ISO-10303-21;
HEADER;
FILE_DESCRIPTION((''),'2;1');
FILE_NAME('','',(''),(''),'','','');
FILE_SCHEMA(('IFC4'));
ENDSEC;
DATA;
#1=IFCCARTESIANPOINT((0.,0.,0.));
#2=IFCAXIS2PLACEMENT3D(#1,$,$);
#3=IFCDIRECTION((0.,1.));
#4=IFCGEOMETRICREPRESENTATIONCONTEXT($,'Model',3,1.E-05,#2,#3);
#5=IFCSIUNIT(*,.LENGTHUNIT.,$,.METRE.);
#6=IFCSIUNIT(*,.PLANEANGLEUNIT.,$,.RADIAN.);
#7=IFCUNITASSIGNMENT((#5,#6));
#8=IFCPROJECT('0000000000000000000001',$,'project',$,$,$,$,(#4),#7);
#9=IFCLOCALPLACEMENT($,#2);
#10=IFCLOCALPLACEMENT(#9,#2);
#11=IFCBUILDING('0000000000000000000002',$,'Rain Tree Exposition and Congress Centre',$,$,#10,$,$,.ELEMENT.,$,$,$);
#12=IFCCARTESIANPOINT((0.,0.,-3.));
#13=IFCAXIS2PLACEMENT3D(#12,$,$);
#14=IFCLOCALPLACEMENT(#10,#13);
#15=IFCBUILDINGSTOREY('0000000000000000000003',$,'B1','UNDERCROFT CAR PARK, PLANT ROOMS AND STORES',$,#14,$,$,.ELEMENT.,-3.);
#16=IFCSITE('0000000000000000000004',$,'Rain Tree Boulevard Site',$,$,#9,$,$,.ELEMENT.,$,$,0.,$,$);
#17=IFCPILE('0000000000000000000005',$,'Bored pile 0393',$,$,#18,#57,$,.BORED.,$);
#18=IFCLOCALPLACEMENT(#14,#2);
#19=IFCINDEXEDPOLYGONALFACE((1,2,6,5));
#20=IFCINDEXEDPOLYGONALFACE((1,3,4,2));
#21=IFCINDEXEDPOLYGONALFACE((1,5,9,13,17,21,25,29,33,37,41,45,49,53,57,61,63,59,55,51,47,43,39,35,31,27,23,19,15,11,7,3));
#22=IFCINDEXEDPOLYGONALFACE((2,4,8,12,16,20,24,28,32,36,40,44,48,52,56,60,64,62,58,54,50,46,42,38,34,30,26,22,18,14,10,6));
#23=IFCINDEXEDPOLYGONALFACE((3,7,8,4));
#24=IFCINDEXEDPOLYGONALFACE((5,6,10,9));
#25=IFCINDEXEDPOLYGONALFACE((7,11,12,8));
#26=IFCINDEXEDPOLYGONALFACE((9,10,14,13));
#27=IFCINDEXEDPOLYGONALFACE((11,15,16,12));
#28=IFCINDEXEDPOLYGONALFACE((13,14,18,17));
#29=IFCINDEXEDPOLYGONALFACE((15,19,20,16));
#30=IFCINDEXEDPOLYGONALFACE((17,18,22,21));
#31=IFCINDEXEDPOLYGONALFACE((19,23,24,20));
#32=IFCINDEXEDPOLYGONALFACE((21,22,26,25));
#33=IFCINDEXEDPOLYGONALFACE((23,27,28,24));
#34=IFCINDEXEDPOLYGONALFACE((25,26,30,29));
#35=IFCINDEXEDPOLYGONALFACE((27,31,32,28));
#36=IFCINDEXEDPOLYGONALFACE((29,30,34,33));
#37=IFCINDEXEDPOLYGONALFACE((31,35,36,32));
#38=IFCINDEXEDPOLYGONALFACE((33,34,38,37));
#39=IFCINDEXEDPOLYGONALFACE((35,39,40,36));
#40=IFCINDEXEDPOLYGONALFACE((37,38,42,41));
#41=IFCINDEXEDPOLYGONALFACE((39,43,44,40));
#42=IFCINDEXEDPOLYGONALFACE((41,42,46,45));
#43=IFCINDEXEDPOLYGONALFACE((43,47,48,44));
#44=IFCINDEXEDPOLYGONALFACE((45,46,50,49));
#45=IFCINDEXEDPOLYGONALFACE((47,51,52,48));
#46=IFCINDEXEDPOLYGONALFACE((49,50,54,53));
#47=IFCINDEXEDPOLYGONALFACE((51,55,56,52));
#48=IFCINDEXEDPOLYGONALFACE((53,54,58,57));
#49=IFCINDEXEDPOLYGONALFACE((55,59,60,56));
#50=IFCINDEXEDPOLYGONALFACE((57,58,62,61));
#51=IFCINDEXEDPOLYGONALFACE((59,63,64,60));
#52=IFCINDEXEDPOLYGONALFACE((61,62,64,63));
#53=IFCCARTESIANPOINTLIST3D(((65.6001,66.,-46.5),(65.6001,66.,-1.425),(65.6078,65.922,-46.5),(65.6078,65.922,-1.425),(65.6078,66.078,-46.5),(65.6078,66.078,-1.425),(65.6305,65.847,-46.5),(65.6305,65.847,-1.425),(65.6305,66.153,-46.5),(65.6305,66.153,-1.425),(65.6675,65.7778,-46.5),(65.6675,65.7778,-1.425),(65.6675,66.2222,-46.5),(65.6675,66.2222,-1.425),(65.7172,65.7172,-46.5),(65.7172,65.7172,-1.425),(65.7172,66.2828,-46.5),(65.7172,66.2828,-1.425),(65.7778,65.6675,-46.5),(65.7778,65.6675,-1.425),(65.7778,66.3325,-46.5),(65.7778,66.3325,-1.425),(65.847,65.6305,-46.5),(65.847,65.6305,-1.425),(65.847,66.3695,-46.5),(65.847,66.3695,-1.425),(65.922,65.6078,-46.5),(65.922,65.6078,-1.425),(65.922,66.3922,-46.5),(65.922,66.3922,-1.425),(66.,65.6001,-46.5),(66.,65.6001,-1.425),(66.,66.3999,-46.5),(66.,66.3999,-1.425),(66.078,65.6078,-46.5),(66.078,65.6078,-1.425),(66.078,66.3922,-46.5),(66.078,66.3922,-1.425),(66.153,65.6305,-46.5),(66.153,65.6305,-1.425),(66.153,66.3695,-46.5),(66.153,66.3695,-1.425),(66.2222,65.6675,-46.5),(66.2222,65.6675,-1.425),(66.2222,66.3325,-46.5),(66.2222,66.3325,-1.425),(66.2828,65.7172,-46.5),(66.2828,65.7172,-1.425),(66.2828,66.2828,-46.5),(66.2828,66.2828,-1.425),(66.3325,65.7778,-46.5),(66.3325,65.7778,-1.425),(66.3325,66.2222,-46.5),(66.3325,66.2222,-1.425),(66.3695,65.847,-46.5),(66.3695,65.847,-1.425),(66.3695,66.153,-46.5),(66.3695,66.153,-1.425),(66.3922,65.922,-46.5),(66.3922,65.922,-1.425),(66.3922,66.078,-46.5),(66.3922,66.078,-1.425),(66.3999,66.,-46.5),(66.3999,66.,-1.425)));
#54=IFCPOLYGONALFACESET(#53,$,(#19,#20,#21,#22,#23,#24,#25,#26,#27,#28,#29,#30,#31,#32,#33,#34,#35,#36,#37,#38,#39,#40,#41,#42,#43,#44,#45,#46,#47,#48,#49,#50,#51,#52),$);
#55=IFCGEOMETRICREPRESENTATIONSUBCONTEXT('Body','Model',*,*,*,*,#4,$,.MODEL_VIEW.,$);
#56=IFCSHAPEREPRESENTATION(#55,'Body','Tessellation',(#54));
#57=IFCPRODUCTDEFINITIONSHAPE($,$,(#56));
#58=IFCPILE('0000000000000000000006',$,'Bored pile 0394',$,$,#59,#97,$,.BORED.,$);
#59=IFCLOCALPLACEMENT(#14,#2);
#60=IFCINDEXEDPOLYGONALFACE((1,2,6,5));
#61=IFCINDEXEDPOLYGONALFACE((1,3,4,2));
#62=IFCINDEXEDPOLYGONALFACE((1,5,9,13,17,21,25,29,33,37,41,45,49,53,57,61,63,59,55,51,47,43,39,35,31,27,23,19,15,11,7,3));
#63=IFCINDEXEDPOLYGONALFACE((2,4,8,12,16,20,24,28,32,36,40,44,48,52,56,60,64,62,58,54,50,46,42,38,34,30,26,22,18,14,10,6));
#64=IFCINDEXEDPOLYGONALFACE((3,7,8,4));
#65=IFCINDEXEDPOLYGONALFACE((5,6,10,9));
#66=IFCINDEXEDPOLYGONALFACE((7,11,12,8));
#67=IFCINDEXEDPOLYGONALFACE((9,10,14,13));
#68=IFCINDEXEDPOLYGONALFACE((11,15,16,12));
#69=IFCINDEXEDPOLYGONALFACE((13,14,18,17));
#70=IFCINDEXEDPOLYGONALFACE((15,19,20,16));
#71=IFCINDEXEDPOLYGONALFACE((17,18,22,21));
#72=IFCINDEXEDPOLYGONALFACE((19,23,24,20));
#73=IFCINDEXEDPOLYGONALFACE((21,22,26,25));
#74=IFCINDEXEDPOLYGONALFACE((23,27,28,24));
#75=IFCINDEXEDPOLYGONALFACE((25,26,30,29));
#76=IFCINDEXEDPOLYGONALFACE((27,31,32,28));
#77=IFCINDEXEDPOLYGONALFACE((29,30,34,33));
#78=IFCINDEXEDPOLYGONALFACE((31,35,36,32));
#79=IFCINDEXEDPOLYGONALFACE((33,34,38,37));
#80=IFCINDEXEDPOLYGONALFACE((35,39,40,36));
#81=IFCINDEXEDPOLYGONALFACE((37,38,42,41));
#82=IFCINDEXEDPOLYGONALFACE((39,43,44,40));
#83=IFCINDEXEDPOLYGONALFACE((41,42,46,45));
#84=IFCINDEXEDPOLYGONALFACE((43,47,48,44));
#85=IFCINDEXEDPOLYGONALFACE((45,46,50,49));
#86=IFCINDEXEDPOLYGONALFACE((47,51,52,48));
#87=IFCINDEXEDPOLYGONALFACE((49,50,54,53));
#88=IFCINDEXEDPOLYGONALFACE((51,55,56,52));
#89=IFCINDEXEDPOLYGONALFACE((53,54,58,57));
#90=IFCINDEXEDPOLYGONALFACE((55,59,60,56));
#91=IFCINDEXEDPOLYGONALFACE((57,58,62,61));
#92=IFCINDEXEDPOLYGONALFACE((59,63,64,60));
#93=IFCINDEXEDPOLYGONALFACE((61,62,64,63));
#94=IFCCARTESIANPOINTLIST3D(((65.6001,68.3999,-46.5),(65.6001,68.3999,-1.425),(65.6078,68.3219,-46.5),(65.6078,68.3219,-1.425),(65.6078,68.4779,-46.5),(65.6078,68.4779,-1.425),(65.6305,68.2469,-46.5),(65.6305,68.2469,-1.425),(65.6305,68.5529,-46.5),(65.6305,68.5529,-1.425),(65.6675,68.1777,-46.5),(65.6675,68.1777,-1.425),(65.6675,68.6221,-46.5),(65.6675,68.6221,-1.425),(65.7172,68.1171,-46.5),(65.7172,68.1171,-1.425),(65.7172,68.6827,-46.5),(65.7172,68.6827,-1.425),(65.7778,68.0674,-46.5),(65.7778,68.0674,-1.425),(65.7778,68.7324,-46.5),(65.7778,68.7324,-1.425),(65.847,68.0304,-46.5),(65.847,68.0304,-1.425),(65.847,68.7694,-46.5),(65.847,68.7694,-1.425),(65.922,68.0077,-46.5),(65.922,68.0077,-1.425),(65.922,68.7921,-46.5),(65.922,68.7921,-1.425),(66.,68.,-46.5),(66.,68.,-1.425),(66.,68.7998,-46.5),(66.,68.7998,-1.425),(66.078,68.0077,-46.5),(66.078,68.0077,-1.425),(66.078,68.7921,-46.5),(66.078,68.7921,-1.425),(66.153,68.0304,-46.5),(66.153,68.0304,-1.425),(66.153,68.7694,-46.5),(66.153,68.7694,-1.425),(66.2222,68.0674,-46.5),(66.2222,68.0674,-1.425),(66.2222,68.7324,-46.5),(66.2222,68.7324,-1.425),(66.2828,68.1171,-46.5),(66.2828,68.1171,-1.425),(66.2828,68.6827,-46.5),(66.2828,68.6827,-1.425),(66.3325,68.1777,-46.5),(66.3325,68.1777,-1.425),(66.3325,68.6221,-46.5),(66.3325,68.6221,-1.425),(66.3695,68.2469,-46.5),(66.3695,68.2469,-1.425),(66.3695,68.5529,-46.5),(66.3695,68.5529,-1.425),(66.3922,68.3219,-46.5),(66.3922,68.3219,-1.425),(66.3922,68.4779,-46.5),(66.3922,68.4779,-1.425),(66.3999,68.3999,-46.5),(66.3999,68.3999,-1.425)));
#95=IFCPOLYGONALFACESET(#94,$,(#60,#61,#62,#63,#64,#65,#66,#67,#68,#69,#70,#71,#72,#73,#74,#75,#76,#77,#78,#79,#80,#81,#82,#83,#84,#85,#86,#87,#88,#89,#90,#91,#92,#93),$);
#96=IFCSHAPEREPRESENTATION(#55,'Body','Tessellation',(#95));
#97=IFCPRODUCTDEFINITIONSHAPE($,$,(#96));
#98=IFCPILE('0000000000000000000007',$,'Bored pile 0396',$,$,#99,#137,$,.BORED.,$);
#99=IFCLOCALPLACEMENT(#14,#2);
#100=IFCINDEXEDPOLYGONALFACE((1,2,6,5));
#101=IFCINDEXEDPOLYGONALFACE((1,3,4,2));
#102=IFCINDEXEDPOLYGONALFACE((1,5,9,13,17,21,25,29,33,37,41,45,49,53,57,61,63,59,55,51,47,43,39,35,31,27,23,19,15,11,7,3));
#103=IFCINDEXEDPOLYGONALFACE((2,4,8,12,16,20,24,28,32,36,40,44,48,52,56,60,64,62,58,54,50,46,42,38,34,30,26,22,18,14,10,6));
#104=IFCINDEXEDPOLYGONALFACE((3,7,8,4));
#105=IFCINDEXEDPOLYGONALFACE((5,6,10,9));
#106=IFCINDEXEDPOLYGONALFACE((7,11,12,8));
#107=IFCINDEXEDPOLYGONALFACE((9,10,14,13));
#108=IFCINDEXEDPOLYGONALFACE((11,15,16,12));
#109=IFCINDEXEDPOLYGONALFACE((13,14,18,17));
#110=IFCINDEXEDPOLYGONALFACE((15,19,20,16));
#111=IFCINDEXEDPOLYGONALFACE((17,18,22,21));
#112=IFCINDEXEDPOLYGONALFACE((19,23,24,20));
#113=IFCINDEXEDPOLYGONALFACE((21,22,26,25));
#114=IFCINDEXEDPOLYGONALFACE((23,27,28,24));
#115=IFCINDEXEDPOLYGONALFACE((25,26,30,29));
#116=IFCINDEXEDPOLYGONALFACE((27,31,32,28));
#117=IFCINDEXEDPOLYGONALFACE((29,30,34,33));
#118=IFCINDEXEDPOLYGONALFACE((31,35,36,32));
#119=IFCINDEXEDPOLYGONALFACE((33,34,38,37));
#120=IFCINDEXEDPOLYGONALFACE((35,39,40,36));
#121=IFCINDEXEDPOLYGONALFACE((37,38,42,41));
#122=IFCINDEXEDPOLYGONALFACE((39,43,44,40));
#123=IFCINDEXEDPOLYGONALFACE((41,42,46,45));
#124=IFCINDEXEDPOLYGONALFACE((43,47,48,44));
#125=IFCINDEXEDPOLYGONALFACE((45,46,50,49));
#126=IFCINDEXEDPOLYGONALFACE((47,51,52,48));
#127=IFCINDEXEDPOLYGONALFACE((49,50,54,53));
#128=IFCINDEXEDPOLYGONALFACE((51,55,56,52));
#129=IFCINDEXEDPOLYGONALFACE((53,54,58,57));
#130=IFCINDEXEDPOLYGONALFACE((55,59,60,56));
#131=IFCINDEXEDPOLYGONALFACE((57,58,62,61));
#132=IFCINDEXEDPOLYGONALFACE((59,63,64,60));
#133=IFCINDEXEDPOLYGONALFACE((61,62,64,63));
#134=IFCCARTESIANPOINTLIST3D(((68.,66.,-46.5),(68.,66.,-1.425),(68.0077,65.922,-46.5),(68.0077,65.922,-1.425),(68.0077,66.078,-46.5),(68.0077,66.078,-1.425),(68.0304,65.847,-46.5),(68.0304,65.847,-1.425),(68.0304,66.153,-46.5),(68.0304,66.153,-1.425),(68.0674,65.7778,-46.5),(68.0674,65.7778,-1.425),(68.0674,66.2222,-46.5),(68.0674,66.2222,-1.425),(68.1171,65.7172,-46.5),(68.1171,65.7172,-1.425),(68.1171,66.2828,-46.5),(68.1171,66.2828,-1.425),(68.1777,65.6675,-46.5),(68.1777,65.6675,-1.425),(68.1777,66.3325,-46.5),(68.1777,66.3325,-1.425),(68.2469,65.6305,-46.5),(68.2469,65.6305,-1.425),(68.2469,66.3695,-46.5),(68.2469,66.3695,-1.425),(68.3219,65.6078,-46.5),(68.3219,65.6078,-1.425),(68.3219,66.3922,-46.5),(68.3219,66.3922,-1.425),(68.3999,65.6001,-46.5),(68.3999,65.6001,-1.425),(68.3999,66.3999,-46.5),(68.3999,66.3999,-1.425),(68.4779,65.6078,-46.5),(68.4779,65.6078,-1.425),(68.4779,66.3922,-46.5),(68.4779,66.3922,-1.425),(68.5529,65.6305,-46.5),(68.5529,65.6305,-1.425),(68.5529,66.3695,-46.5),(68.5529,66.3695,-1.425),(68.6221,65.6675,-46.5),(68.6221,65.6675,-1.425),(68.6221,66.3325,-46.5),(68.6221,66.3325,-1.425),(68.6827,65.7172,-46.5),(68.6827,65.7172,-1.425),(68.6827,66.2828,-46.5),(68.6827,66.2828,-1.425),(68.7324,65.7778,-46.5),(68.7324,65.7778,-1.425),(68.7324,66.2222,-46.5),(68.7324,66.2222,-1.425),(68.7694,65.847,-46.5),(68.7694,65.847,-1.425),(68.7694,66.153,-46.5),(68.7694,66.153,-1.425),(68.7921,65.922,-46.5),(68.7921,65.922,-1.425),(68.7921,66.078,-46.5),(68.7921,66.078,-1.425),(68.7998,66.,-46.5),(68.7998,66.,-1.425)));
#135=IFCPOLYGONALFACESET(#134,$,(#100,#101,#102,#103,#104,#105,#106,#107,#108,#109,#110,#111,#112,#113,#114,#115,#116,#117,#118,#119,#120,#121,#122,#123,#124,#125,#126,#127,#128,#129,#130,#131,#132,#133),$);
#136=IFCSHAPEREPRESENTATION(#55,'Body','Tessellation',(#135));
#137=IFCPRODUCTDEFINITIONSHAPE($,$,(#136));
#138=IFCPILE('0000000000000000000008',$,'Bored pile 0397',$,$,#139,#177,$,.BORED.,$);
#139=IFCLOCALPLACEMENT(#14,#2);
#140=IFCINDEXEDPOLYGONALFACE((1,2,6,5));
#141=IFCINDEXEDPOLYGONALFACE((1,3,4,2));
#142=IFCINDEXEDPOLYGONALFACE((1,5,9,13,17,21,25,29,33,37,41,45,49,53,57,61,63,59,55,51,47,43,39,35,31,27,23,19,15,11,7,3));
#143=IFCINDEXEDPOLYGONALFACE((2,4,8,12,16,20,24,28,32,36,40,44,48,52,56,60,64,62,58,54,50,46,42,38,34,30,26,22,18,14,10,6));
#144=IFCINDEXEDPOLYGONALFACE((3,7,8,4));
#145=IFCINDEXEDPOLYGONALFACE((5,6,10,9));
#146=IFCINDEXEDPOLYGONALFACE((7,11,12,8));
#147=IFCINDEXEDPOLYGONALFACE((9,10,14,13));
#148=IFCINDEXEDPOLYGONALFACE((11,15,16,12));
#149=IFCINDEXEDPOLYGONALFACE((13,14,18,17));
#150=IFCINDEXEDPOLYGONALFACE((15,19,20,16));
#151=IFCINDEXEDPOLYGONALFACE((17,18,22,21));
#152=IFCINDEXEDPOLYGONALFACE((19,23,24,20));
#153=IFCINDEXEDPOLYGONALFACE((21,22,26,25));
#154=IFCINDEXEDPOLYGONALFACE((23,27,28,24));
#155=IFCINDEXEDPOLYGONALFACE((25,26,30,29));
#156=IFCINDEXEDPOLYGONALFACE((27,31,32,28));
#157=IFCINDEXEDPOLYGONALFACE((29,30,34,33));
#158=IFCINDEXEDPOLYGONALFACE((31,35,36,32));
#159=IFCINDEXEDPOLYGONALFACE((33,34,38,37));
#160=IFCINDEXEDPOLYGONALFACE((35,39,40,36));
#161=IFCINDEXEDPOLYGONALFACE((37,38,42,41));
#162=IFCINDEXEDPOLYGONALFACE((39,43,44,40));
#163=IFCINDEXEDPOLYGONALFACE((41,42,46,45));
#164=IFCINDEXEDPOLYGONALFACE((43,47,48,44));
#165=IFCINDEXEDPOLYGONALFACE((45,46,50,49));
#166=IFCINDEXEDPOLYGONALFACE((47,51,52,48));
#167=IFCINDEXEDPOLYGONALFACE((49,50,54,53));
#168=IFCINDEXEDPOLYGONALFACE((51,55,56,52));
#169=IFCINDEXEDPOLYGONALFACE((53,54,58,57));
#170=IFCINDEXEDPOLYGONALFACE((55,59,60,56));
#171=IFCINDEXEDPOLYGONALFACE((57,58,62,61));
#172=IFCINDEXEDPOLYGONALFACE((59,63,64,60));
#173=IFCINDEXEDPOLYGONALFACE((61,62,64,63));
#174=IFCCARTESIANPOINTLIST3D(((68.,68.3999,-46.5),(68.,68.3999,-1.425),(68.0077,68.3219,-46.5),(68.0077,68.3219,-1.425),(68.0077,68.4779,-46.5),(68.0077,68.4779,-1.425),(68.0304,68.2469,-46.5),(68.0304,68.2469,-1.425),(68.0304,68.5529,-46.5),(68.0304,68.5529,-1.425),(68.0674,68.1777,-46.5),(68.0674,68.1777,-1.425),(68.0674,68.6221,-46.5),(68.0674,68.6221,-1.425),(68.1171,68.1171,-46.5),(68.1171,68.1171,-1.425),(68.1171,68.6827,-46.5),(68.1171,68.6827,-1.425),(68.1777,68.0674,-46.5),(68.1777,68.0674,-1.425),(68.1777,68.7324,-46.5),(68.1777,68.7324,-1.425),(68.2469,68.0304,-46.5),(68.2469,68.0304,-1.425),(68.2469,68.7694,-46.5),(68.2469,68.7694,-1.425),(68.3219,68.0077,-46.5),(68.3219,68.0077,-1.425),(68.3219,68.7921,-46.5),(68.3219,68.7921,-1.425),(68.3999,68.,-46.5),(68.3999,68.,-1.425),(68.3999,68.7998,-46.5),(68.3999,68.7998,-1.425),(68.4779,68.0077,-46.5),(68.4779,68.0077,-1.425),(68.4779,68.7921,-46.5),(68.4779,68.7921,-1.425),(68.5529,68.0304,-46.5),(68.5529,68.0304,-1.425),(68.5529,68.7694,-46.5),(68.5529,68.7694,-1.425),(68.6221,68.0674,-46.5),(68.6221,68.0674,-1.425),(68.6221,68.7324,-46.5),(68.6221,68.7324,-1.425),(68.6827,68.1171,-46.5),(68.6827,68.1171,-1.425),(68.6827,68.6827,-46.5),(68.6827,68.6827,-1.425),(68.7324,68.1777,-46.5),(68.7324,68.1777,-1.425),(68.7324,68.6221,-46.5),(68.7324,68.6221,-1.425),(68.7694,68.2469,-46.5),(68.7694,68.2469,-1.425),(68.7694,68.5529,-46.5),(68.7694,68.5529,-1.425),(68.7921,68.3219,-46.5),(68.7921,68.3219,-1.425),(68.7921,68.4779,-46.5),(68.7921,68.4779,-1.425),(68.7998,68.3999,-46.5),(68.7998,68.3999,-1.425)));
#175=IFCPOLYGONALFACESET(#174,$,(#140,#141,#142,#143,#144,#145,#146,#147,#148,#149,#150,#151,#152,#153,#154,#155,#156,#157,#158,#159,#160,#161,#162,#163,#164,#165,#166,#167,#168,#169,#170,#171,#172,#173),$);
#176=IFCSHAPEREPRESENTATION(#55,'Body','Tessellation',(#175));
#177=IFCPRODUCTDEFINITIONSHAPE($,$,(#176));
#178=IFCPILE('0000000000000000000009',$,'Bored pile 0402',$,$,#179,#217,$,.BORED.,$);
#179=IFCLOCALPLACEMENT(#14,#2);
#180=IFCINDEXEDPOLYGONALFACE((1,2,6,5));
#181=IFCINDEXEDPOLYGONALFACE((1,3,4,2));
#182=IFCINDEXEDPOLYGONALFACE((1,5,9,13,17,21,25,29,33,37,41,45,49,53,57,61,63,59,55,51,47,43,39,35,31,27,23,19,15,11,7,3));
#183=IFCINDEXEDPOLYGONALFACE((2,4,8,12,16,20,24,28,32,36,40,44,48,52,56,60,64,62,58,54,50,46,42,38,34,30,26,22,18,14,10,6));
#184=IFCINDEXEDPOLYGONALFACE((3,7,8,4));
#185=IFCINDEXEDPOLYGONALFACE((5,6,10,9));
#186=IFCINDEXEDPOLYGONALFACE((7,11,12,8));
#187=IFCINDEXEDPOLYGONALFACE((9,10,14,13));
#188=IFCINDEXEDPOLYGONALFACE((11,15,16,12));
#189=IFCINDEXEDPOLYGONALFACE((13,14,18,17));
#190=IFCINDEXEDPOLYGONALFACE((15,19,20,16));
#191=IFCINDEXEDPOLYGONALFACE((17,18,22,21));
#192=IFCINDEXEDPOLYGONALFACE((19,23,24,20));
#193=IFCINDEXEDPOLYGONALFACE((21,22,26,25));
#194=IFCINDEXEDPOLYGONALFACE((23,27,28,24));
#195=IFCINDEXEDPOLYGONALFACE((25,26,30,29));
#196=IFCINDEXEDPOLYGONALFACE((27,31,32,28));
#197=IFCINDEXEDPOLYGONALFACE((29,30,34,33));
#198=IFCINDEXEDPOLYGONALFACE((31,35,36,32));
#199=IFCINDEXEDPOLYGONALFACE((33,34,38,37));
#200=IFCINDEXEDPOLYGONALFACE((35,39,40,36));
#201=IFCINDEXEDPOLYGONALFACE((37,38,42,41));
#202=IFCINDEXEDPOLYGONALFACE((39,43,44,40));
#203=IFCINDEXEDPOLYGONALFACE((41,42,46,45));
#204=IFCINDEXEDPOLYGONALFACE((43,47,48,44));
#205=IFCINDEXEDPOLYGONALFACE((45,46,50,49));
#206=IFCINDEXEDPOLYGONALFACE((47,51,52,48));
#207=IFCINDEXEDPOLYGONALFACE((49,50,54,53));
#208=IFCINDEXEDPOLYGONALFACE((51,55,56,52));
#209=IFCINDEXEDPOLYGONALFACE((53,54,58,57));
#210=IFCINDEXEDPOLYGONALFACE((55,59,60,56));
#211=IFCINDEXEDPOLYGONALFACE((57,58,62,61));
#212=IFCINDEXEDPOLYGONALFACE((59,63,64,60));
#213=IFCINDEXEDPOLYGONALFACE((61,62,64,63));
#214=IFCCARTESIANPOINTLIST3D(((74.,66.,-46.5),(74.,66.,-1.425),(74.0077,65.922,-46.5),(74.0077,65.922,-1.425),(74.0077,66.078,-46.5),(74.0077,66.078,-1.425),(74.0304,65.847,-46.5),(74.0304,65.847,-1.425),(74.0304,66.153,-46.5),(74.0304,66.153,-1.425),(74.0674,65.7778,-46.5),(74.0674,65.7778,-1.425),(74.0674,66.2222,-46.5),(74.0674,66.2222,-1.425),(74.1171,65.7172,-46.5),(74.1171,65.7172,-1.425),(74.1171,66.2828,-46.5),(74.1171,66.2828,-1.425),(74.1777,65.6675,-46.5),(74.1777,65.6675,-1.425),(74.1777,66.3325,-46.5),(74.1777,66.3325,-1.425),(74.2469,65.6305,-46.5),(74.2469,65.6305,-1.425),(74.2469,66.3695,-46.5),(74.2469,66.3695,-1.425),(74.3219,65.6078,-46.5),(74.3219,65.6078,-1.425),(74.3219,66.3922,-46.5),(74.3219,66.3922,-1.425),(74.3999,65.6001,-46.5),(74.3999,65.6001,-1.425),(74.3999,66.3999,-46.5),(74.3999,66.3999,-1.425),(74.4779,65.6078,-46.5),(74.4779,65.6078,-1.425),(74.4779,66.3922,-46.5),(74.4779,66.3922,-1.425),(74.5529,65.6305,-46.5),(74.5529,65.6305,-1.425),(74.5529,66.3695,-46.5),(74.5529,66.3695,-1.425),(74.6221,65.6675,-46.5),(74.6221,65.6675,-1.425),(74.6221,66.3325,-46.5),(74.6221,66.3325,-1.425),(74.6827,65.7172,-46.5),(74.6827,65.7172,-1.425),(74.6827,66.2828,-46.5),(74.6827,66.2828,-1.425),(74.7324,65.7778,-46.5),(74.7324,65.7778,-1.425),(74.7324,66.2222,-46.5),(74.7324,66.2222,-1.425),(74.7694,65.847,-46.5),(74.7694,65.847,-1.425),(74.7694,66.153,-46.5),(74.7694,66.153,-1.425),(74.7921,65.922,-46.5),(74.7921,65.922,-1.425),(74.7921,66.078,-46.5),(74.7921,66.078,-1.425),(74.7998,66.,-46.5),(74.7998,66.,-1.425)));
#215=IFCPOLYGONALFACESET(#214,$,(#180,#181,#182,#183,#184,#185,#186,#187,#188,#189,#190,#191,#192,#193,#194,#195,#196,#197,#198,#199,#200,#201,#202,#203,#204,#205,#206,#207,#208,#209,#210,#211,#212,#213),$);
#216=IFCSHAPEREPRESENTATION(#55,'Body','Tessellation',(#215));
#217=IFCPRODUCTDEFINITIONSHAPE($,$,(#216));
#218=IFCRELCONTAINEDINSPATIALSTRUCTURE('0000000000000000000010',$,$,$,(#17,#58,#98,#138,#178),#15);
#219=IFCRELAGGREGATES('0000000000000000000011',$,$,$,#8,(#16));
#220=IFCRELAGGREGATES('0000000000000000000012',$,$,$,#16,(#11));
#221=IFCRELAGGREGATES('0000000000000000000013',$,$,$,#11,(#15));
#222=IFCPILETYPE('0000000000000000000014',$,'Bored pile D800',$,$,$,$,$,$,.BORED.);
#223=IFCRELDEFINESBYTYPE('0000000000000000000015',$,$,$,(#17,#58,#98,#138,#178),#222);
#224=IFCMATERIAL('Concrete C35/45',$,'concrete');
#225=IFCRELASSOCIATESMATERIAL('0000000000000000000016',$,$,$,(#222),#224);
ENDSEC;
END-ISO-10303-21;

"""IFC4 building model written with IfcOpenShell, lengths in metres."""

from ifc_helpers import new_model, si_unit, direction, frame, origin, origin_2d, place, context, subcontext, project, spatial, circle, extrude, material, material_profile, profile_set, type_object, element, save


model = new_model("IFC4")

# Units and contexts
model_context = context("Model", 3, precision=1e-05, world=origin(), true_north=direction((0.0, 1.0)))
body_context = subcontext(model_context, "Body", "Model", "MODEL_VIEW")
ifc_project = project(units=[si_unit("LENGTHUNIT", "METRE"), si_unit("PLANEANGLEUNIT", "RADIAN")], contexts=[model_context])

# Site, building, storey
site_placement = place(None, origin())
site = spatial("IfcSite", under=ifc_project, at=site_placement, Name="Rain Tree Boulevard Site", CompositionType="ELEMENT", RefElevation=0.0)
building_placement = place(site_placement, origin())
building = spatial("IfcBuilding", under=site, at=building_placement, Name="Rain Tree Exposition and Congress Centre", CompositionType="ELEMENT")
storey_placement = place(building_placement, frame((0.0, 0.0, -3.0)))
storey = spatial("IfcBuildingStorey", under=building, at=storey_placement, Name="B1", Description="UNDERCROFT CAR PARK, PLANT ROOMS AND STORES", CompositionType="ELEMENT", Elevation=-3.0)

# Piles
ifc_material_1 = material(Name="Concrete C35/45", Category="concrete")
ifc_material_profile_1 = material_profile(ifc_material_1, circle(Radius=0.3999, at=origin_2d()), Name="D800")
ifc_profile_set_1 = profile_set([ifc_material_profile_1], Name="Concrete C35/45")
pile_type_1 = type_object("IfcPileType", Name="Bored pile D800", PredefinedType="BORED", material=ifc_profile_set_1)
for number, where, z_axis, x_axis, name in (
    (1, (66.0, 66.0, -1.425), (0.0, 0.0, -1.0), (1.0, 0.0, 0.0), "Bored pile 0393"),
    (2, (66.0, 68.3999, -1.425), (0.0, 0.0, -1.0), (1.0, 0.0, 0.0), "Bored pile 0394"),
    (3, (68.3999, 66.0, -1.425), (0.0, 0.0, -1.0), (1.0, 0.0, 0.0), "Bored pile 0396"),
    (4, (68.3999, 68.3999, -1.425), (0.0, 0.0, -1.0), (1.0, 0.0, 0.0), "Bored pile 0397"),
    (5, (74.3999, 66.0, -1.425), (0.0, 0.0, -1.0), (1.0, 0.0, 0.0), "Bored pile 0402"),
):
    element("IfcPile", number, at=place(storey_placement, frame(where, z_axis=z_axis, x_axis=x_axis)), inside=storey, type_object=pile_type_1, Name=name, PredefinedType="BORED", context=body_context, shape_type="SweptSolid", body=[
        extrude(circle(Radius=0.3999, at=origin_2d()), origin(), (0.0, 0.0, 1.0), 45.075),
    ])

save(model, "model.ifc")
